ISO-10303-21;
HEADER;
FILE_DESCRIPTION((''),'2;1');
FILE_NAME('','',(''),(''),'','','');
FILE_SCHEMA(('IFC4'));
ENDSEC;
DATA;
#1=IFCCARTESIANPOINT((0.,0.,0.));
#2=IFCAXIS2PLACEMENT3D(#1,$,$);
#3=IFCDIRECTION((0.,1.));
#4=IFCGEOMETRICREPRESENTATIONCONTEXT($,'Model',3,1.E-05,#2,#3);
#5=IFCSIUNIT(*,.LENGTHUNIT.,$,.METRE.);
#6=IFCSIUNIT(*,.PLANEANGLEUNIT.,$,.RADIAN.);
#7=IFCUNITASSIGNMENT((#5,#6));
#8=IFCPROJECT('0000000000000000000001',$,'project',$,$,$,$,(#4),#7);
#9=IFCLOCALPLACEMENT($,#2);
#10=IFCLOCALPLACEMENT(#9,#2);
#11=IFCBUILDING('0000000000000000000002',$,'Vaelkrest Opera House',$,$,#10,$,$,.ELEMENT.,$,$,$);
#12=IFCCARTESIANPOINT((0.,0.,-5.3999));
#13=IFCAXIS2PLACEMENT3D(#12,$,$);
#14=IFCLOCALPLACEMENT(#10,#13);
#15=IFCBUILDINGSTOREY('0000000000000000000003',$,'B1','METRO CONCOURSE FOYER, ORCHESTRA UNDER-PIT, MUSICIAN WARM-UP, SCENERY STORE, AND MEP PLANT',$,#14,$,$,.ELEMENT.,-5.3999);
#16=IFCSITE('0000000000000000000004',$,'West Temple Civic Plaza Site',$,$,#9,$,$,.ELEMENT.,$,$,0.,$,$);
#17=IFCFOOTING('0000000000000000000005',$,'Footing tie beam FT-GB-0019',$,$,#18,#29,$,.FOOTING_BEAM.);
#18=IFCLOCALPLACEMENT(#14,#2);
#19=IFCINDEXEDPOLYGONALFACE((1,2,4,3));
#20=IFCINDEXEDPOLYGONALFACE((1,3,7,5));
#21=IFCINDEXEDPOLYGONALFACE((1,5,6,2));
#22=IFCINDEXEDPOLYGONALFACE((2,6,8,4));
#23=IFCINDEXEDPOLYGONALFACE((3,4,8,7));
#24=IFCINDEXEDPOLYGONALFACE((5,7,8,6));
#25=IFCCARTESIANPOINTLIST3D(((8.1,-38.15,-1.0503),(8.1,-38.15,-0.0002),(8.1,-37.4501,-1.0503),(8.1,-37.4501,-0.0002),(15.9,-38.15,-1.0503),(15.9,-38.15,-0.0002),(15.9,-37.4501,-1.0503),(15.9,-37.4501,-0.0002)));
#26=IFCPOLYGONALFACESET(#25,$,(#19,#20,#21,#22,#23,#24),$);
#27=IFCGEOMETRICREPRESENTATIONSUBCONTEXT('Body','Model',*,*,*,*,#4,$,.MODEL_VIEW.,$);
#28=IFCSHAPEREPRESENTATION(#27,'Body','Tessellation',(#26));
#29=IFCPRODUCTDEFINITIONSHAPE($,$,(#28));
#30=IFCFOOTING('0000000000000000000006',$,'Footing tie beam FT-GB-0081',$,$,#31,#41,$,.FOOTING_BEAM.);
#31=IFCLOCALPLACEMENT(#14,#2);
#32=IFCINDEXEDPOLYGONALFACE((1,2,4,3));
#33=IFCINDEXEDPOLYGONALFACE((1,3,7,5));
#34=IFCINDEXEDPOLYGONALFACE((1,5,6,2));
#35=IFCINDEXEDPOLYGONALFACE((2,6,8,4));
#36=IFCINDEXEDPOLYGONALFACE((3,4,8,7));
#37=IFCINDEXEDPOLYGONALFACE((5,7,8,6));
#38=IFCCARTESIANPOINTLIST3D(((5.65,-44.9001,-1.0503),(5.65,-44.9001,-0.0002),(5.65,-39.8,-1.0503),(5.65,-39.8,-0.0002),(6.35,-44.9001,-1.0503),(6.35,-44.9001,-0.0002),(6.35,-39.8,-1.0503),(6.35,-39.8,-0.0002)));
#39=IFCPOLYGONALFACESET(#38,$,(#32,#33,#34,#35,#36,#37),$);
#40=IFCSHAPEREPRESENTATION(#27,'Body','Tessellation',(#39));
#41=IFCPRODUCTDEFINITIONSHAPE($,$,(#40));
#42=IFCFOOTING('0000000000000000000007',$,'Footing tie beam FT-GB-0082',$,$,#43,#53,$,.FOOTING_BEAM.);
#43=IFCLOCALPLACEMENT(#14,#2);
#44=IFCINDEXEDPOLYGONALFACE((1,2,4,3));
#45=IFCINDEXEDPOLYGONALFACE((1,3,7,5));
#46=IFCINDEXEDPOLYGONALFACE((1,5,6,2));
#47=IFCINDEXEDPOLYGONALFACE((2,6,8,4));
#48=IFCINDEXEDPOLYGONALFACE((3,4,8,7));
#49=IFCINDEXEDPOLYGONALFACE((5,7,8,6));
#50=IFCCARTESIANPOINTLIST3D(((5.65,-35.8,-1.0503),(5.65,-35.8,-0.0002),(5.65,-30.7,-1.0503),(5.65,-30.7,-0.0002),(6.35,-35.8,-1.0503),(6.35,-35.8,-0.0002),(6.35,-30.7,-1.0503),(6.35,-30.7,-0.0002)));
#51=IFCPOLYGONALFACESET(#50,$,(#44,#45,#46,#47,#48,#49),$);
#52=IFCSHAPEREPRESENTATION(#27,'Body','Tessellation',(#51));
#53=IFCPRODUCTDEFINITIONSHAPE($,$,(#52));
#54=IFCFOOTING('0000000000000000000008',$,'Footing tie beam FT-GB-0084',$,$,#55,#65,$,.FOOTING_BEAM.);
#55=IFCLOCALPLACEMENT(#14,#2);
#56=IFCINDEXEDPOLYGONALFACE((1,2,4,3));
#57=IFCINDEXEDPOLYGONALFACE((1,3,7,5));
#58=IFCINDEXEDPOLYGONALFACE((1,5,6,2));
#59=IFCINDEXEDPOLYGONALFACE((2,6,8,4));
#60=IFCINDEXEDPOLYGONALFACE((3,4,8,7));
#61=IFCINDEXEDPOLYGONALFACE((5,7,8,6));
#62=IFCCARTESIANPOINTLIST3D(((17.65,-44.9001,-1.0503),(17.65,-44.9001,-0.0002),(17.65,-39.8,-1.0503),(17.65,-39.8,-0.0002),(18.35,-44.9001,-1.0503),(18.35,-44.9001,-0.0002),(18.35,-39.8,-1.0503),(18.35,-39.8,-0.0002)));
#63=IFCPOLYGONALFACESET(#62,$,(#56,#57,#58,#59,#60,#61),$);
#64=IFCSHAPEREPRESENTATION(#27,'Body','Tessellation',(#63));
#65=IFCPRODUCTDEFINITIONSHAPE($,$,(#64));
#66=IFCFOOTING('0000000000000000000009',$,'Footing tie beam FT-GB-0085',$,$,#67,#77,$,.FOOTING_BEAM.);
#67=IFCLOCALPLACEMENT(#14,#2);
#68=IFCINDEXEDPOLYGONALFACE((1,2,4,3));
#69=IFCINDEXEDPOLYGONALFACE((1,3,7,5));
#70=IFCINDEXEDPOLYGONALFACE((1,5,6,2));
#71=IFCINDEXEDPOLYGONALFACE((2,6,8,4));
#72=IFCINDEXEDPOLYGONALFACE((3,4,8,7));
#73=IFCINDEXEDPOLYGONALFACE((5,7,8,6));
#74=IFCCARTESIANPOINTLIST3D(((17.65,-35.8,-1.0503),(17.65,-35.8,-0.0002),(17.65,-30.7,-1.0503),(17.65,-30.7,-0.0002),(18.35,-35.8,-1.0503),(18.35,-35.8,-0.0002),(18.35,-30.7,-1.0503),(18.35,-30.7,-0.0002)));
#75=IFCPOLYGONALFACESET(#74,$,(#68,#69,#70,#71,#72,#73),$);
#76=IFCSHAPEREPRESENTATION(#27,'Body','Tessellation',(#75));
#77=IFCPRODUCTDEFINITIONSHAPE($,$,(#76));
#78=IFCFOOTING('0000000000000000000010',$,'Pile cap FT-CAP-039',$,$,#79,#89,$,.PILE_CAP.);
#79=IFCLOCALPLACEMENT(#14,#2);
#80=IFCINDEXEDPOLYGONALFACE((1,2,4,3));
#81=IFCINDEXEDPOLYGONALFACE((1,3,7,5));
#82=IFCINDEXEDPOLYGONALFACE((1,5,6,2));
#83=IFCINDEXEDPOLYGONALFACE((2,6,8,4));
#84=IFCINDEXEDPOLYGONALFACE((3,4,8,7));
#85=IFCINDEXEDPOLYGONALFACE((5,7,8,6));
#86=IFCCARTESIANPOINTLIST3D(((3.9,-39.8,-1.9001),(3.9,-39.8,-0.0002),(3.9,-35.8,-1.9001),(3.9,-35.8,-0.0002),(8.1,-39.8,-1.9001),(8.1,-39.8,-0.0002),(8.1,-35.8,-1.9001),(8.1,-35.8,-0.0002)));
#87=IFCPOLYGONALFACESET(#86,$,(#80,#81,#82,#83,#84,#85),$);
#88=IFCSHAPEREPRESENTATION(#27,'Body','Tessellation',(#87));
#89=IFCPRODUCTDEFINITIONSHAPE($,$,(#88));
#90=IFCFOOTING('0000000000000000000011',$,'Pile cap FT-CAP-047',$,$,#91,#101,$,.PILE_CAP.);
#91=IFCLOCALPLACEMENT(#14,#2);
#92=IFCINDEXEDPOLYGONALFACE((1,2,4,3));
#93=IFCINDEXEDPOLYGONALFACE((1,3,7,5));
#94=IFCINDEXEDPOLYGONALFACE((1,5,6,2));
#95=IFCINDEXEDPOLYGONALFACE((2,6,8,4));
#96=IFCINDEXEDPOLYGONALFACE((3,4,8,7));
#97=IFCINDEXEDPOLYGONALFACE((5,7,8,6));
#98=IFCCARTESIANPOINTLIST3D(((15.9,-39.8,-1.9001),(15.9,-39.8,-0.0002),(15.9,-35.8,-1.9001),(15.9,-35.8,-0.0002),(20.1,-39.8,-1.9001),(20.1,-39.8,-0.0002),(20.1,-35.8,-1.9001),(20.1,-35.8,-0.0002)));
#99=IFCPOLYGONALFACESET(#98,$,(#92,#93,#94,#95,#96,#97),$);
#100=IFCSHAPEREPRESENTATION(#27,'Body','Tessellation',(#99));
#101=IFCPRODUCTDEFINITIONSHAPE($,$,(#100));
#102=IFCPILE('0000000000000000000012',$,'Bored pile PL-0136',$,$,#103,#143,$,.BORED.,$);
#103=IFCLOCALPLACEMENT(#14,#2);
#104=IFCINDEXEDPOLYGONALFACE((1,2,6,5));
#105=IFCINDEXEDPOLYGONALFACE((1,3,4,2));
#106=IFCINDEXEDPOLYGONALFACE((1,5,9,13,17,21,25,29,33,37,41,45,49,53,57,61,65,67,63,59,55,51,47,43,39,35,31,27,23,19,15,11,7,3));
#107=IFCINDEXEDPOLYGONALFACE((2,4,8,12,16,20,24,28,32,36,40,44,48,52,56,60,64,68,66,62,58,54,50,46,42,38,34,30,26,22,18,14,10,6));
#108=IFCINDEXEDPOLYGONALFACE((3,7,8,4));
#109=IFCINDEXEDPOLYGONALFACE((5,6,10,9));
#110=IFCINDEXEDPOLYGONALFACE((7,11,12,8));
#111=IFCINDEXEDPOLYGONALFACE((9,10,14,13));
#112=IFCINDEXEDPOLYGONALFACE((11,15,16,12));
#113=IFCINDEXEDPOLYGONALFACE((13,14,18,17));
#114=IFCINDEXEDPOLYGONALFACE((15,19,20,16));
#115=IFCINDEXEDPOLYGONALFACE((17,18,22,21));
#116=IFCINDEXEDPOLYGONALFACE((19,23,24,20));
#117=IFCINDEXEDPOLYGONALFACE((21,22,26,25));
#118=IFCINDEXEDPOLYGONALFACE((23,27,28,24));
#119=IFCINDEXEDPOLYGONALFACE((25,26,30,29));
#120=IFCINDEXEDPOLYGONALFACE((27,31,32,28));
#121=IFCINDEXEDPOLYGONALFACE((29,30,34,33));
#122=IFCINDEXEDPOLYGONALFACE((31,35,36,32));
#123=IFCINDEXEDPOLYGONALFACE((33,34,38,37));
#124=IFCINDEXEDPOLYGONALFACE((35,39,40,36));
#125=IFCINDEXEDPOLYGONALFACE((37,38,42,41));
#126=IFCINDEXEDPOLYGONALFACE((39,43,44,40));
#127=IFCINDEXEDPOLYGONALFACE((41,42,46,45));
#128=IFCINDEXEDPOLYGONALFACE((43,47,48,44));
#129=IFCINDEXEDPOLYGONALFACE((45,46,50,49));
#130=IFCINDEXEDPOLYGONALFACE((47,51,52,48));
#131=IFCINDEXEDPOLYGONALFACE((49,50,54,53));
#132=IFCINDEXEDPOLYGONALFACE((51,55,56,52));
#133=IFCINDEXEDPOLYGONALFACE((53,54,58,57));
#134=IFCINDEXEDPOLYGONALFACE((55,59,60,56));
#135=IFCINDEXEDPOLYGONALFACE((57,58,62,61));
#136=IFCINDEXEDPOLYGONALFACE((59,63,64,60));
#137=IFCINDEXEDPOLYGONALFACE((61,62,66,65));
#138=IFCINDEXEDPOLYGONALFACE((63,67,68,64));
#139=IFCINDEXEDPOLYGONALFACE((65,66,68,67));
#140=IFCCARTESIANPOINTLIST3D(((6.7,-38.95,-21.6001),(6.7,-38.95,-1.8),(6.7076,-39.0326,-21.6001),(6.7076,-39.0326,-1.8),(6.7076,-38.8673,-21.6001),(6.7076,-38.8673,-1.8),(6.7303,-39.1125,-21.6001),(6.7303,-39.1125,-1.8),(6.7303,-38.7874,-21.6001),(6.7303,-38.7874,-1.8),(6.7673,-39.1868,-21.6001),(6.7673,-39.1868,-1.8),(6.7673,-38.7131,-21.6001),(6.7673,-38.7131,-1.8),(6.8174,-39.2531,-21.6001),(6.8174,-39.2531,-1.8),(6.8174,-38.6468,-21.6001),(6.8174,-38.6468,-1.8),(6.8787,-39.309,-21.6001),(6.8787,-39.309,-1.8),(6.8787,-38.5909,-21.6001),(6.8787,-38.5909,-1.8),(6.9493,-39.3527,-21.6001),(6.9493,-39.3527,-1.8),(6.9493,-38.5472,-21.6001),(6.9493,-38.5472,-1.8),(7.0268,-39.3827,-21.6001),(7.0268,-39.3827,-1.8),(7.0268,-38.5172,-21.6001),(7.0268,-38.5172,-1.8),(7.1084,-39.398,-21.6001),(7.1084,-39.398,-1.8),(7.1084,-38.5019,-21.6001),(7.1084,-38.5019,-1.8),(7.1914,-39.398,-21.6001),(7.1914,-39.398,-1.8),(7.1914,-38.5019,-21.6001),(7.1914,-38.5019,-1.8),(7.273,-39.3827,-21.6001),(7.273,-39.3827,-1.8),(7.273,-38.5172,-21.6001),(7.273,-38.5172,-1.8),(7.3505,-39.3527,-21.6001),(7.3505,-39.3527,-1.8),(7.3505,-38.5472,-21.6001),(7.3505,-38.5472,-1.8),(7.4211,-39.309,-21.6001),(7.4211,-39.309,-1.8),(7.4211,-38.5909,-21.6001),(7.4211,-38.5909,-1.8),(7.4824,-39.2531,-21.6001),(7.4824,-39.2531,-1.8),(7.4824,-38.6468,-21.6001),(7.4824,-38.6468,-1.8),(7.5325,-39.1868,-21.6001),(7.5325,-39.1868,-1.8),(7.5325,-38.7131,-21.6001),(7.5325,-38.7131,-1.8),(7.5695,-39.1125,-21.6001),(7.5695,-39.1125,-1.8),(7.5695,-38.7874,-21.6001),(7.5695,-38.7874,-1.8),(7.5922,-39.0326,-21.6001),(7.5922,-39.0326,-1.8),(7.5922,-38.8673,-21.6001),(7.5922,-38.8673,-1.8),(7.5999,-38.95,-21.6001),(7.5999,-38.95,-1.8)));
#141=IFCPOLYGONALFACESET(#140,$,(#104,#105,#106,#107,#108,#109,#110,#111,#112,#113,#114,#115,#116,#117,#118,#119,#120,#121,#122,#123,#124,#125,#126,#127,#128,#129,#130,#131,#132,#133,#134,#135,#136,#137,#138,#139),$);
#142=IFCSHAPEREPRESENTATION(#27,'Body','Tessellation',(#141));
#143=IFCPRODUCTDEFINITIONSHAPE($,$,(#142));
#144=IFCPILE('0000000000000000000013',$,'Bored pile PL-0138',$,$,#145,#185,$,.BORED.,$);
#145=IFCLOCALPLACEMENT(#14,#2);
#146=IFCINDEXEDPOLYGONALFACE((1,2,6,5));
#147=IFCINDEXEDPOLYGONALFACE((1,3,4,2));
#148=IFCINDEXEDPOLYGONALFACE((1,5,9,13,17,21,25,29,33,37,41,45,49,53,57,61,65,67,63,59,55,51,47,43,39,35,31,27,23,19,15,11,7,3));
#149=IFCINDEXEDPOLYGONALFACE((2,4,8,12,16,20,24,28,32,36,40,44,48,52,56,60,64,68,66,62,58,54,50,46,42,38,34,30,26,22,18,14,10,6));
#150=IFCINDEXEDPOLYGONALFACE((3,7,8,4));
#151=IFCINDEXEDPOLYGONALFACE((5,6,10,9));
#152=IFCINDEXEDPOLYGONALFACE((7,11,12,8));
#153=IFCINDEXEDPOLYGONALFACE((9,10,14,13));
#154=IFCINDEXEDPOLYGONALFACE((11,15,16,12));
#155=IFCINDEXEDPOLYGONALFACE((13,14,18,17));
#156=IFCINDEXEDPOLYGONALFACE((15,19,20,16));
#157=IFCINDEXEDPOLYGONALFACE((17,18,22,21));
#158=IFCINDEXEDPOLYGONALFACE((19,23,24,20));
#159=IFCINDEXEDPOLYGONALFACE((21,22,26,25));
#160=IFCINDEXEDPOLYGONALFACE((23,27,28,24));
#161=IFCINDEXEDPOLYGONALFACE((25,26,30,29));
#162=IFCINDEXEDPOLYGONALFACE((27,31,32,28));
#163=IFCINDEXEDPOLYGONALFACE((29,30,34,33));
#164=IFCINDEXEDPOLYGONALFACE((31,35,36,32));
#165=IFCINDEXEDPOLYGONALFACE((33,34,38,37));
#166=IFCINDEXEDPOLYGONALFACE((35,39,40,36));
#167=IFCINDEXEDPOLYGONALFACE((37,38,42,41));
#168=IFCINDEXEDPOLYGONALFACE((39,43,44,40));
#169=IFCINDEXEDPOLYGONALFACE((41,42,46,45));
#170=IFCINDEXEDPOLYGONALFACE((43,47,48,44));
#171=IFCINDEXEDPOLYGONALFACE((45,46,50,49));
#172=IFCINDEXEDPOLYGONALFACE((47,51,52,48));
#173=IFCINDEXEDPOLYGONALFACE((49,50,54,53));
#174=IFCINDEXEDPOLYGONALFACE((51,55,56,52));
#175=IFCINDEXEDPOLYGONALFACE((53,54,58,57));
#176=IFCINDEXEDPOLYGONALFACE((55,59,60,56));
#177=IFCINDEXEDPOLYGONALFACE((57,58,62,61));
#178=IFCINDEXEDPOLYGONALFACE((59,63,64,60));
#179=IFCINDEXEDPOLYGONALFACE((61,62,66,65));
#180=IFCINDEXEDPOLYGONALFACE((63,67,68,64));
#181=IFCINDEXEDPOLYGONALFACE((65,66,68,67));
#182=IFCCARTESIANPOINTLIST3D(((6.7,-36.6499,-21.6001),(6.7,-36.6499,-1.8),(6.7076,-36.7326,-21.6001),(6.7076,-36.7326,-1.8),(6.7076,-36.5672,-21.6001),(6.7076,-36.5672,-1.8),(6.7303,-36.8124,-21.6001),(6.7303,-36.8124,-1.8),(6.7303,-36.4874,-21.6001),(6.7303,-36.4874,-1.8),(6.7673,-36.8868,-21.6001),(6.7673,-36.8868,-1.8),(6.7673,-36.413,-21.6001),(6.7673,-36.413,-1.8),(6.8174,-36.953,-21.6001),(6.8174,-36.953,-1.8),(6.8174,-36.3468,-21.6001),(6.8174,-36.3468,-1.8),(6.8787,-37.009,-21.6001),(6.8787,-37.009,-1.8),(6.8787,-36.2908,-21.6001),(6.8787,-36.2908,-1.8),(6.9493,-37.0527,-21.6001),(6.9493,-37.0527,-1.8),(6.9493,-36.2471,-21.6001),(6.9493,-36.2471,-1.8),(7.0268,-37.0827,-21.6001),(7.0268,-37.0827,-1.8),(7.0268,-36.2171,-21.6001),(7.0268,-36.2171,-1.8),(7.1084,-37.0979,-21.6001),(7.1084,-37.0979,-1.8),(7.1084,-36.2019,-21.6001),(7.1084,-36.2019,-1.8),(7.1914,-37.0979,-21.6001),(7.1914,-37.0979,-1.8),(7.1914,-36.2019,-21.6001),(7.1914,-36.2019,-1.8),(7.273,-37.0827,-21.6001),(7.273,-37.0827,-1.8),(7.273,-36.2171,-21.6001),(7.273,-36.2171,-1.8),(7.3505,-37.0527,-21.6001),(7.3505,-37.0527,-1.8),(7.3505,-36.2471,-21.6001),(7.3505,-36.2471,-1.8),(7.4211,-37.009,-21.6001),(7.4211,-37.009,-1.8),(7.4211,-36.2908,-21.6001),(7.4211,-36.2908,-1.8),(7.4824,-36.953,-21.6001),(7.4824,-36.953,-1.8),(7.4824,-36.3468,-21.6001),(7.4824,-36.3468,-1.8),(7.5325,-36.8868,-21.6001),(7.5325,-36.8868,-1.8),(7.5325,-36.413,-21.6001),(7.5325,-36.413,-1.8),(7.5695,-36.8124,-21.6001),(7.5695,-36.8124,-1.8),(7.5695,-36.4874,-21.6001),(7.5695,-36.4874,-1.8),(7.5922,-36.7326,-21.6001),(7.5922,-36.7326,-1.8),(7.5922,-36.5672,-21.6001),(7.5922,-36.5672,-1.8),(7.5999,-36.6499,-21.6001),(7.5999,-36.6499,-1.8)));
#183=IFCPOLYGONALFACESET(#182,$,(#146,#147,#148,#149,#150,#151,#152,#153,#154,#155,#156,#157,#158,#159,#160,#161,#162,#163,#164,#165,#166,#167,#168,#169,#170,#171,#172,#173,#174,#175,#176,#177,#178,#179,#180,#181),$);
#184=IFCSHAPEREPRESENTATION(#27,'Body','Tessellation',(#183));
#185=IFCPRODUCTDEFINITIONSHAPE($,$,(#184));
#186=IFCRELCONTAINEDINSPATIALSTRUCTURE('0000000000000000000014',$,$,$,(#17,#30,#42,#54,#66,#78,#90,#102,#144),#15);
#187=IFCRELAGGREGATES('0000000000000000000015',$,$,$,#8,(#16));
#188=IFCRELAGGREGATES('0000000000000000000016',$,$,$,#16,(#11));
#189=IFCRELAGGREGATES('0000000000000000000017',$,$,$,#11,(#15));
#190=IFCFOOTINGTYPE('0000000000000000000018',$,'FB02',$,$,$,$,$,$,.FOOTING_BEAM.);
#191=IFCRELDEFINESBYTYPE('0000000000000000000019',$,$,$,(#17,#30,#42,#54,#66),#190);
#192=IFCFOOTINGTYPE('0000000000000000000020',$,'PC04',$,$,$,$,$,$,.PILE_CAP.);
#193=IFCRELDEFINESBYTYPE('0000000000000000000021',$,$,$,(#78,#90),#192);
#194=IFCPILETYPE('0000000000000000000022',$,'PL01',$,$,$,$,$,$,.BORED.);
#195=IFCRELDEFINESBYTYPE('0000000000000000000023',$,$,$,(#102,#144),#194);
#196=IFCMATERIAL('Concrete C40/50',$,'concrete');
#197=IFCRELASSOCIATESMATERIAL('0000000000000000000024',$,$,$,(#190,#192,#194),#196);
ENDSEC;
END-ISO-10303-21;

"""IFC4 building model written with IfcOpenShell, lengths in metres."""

from ifc_helpers import new_model, si_unit, direction, frame, origin, origin_2d, place, context, subcontext, project, spatial, rectangle, circle, extrude, material, material_profile, profile_set, type_object, element, save


model = new_model("IFC4")

# Units and contexts
model_context = context("Model", 3, precision=1e-05, world=origin(), true_north=direction((0.0, 1.0)))
body_context = subcontext(model_context, "Body", "Model", "MODEL_VIEW")
ifc_project = project(units=[si_unit("LENGTHUNIT", "METRE"), si_unit("PLANEANGLEUNIT", "RADIAN")], contexts=[model_context])

# Site, building, storey
site_placement = place(None, origin())
site = spatial("IfcSite", under=ifc_project, at=site_placement, Name="West Temple Civic Plaza Site", CompositionType="ELEMENT", RefElevation=0.0)
building_placement = place(site_placement, origin())
building = spatial("IfcBuilding", under=site, at=building_placement, Name="Vaelkrest Opera House", CompositionType="ELEMENT")
storey_placement = place(building_placement, frame((0.0, 0.0, -5.3999)))
storey = spatial("IfcBuildingStorey", under=building, at=storey_placement, Name="B1", Description="METRO CONCOURSE FOYER, ORCHESTRA UNDER-PIT, MUSICIAN WARM-UP, SCENERY STORE, AND MEP PLANT", CompositionType="ELEMENT", Elevation=-5.3999)

# Footings
ifc_material_1 = material(Name="Concrete C40/50", Category="concrete")
footing_type_1 = type_object("IfcFootingType", Name="FB02", PredefinedType="FOOTING_BEAM", material=ifc_material_1)
footing_placement = place(storey_placement, frame((12.0, -37.8, -1.0503), z_axis=(0.0, 0.0, 1.0), x_axis=(1.0, 0.0, 0.0)))
element("IfcFooting", 1, at=footing_placement, inside=storey, type_object=footing_type_1, Name="Footing tie beam FT-GB-0019", PredefinedType="FOOTING_BEAM", context=body_context, shape_type="SweptSolid", body=[
    extrude(rectangle(XDim=7.8, YDim=0.7, at=origin_2d()), origin(), (0.0, 0.0, 1.0), 1.05),
])
for number, where, z_axis, x_axis, name in (
    (2, (6.0, -42.3501, -1.0503), (0.0, 0.0, 1.0), (0.0, 1.0, 0.0), "Footing tie beam FT-GB-0081"),
    (3, (6.0, -33.25, -1.0503), (0.0, 0.0, 1.0), (0.0, 1.0, 0.0), "Footing tie beam FT-GB-0082"),
    (4, (18.0, -42.3501, -1.0503), (0.0, 0.0, 1.0), (0.0, 1.0, 0.0), "Footing tie beam FT-GB-0084"),
    (5, (18.0, -33.25, -1.0503), (0.0, 0.0, 1.0), (0.0, 1.0, 0.0), "Footing tie beam FT-GB-0085"),
):
    element("IfcFooting", number, at=place(storey_placement, frame(where, z_axis=z_axis, x_axis=x_axis)), inside=storey, type_object=footing_type_1, Name=name, PredefinedType="FOOTING_BEAM", context=body_context, shape_type="SweptSolid", body=[
        extrude(rectangle(XDim=5.1001, YDim=0.7, at=origin_2d()), origin(), (0.0, 0.0, 1.0), 1.05),
    ])
footing_type_2 = type_object("IfcFootingType", Name="PC04", PredefinedType="PILE_CAP", material=ifc_material_1)
for number, where, z_axis, x_axis, name in (
    (6, (6.0, -37.8, -1.9001), (0.0, 0.0, 1.0), (1.0, 0.0, 0.0), "Pile cap FT-CAP-039"),
    (7, (18.0, -37.8, -1.9001), (0.0, 0.0, 1.0), (1.0, 0.0, 0.0), "Pile cap FT-CAP-047"),
):
    element("IfcFooting", number, at=place(storey_placement, frame(where, z_axis=z_axis, x_axis=x_axis)), inside=storey, type_object=footing_type_2, Name=name, PredefinedType="PILE_CAP", context=body_context, shape_type="SweptSolid", body=[
        extrude(rectangle(XDim=4.2, YDim=4.0, at=origin_2d()), origin(), (0.0, 0.0, 1.0), 1.8999),
    ])

# Piles
ifc_material_profile_1 = material_profile(ifc_material_1, circle(Radius=0.45, at=origin_2d()), Name="PILE900")
ifc_profile_set_1 = profile_set([ifc_material_profile_1], Name="Concrete C40/50")
pile_type = type_object("IfcPileType", Name="PL01", PredefinedType="BORED", material=ifc_profile_set_1)
for number, where, z_axis, x_axis, name in (
    (8, (7.1499, -38.95, -1.8), (0.0, 0.0, -1.0), (1.0, 0.0, 0.0), "Bored pile PL-0136"),
    (9, (7.1499, -36.6499, -1.8), (0.0, 0.0, -1.0), (1.0, 0.0, 0.0), "Bored pile PL-0138"),
):
    element("IfcPile", number, at=place(storey_placement, frame(where, z_axis=z_axis, x_axis=x_axis)), inside=storey, type_object=pile_type, Name=name, PredefinedType="BORED", context=body_context, shape_type="SweptSolid", body=[
        extrude(circle(Radius=0.45, at=origin_2d()), origin(), (0.0, 0.0, 1.0), 19.8),
    ])

save(model, "model.ifc")
